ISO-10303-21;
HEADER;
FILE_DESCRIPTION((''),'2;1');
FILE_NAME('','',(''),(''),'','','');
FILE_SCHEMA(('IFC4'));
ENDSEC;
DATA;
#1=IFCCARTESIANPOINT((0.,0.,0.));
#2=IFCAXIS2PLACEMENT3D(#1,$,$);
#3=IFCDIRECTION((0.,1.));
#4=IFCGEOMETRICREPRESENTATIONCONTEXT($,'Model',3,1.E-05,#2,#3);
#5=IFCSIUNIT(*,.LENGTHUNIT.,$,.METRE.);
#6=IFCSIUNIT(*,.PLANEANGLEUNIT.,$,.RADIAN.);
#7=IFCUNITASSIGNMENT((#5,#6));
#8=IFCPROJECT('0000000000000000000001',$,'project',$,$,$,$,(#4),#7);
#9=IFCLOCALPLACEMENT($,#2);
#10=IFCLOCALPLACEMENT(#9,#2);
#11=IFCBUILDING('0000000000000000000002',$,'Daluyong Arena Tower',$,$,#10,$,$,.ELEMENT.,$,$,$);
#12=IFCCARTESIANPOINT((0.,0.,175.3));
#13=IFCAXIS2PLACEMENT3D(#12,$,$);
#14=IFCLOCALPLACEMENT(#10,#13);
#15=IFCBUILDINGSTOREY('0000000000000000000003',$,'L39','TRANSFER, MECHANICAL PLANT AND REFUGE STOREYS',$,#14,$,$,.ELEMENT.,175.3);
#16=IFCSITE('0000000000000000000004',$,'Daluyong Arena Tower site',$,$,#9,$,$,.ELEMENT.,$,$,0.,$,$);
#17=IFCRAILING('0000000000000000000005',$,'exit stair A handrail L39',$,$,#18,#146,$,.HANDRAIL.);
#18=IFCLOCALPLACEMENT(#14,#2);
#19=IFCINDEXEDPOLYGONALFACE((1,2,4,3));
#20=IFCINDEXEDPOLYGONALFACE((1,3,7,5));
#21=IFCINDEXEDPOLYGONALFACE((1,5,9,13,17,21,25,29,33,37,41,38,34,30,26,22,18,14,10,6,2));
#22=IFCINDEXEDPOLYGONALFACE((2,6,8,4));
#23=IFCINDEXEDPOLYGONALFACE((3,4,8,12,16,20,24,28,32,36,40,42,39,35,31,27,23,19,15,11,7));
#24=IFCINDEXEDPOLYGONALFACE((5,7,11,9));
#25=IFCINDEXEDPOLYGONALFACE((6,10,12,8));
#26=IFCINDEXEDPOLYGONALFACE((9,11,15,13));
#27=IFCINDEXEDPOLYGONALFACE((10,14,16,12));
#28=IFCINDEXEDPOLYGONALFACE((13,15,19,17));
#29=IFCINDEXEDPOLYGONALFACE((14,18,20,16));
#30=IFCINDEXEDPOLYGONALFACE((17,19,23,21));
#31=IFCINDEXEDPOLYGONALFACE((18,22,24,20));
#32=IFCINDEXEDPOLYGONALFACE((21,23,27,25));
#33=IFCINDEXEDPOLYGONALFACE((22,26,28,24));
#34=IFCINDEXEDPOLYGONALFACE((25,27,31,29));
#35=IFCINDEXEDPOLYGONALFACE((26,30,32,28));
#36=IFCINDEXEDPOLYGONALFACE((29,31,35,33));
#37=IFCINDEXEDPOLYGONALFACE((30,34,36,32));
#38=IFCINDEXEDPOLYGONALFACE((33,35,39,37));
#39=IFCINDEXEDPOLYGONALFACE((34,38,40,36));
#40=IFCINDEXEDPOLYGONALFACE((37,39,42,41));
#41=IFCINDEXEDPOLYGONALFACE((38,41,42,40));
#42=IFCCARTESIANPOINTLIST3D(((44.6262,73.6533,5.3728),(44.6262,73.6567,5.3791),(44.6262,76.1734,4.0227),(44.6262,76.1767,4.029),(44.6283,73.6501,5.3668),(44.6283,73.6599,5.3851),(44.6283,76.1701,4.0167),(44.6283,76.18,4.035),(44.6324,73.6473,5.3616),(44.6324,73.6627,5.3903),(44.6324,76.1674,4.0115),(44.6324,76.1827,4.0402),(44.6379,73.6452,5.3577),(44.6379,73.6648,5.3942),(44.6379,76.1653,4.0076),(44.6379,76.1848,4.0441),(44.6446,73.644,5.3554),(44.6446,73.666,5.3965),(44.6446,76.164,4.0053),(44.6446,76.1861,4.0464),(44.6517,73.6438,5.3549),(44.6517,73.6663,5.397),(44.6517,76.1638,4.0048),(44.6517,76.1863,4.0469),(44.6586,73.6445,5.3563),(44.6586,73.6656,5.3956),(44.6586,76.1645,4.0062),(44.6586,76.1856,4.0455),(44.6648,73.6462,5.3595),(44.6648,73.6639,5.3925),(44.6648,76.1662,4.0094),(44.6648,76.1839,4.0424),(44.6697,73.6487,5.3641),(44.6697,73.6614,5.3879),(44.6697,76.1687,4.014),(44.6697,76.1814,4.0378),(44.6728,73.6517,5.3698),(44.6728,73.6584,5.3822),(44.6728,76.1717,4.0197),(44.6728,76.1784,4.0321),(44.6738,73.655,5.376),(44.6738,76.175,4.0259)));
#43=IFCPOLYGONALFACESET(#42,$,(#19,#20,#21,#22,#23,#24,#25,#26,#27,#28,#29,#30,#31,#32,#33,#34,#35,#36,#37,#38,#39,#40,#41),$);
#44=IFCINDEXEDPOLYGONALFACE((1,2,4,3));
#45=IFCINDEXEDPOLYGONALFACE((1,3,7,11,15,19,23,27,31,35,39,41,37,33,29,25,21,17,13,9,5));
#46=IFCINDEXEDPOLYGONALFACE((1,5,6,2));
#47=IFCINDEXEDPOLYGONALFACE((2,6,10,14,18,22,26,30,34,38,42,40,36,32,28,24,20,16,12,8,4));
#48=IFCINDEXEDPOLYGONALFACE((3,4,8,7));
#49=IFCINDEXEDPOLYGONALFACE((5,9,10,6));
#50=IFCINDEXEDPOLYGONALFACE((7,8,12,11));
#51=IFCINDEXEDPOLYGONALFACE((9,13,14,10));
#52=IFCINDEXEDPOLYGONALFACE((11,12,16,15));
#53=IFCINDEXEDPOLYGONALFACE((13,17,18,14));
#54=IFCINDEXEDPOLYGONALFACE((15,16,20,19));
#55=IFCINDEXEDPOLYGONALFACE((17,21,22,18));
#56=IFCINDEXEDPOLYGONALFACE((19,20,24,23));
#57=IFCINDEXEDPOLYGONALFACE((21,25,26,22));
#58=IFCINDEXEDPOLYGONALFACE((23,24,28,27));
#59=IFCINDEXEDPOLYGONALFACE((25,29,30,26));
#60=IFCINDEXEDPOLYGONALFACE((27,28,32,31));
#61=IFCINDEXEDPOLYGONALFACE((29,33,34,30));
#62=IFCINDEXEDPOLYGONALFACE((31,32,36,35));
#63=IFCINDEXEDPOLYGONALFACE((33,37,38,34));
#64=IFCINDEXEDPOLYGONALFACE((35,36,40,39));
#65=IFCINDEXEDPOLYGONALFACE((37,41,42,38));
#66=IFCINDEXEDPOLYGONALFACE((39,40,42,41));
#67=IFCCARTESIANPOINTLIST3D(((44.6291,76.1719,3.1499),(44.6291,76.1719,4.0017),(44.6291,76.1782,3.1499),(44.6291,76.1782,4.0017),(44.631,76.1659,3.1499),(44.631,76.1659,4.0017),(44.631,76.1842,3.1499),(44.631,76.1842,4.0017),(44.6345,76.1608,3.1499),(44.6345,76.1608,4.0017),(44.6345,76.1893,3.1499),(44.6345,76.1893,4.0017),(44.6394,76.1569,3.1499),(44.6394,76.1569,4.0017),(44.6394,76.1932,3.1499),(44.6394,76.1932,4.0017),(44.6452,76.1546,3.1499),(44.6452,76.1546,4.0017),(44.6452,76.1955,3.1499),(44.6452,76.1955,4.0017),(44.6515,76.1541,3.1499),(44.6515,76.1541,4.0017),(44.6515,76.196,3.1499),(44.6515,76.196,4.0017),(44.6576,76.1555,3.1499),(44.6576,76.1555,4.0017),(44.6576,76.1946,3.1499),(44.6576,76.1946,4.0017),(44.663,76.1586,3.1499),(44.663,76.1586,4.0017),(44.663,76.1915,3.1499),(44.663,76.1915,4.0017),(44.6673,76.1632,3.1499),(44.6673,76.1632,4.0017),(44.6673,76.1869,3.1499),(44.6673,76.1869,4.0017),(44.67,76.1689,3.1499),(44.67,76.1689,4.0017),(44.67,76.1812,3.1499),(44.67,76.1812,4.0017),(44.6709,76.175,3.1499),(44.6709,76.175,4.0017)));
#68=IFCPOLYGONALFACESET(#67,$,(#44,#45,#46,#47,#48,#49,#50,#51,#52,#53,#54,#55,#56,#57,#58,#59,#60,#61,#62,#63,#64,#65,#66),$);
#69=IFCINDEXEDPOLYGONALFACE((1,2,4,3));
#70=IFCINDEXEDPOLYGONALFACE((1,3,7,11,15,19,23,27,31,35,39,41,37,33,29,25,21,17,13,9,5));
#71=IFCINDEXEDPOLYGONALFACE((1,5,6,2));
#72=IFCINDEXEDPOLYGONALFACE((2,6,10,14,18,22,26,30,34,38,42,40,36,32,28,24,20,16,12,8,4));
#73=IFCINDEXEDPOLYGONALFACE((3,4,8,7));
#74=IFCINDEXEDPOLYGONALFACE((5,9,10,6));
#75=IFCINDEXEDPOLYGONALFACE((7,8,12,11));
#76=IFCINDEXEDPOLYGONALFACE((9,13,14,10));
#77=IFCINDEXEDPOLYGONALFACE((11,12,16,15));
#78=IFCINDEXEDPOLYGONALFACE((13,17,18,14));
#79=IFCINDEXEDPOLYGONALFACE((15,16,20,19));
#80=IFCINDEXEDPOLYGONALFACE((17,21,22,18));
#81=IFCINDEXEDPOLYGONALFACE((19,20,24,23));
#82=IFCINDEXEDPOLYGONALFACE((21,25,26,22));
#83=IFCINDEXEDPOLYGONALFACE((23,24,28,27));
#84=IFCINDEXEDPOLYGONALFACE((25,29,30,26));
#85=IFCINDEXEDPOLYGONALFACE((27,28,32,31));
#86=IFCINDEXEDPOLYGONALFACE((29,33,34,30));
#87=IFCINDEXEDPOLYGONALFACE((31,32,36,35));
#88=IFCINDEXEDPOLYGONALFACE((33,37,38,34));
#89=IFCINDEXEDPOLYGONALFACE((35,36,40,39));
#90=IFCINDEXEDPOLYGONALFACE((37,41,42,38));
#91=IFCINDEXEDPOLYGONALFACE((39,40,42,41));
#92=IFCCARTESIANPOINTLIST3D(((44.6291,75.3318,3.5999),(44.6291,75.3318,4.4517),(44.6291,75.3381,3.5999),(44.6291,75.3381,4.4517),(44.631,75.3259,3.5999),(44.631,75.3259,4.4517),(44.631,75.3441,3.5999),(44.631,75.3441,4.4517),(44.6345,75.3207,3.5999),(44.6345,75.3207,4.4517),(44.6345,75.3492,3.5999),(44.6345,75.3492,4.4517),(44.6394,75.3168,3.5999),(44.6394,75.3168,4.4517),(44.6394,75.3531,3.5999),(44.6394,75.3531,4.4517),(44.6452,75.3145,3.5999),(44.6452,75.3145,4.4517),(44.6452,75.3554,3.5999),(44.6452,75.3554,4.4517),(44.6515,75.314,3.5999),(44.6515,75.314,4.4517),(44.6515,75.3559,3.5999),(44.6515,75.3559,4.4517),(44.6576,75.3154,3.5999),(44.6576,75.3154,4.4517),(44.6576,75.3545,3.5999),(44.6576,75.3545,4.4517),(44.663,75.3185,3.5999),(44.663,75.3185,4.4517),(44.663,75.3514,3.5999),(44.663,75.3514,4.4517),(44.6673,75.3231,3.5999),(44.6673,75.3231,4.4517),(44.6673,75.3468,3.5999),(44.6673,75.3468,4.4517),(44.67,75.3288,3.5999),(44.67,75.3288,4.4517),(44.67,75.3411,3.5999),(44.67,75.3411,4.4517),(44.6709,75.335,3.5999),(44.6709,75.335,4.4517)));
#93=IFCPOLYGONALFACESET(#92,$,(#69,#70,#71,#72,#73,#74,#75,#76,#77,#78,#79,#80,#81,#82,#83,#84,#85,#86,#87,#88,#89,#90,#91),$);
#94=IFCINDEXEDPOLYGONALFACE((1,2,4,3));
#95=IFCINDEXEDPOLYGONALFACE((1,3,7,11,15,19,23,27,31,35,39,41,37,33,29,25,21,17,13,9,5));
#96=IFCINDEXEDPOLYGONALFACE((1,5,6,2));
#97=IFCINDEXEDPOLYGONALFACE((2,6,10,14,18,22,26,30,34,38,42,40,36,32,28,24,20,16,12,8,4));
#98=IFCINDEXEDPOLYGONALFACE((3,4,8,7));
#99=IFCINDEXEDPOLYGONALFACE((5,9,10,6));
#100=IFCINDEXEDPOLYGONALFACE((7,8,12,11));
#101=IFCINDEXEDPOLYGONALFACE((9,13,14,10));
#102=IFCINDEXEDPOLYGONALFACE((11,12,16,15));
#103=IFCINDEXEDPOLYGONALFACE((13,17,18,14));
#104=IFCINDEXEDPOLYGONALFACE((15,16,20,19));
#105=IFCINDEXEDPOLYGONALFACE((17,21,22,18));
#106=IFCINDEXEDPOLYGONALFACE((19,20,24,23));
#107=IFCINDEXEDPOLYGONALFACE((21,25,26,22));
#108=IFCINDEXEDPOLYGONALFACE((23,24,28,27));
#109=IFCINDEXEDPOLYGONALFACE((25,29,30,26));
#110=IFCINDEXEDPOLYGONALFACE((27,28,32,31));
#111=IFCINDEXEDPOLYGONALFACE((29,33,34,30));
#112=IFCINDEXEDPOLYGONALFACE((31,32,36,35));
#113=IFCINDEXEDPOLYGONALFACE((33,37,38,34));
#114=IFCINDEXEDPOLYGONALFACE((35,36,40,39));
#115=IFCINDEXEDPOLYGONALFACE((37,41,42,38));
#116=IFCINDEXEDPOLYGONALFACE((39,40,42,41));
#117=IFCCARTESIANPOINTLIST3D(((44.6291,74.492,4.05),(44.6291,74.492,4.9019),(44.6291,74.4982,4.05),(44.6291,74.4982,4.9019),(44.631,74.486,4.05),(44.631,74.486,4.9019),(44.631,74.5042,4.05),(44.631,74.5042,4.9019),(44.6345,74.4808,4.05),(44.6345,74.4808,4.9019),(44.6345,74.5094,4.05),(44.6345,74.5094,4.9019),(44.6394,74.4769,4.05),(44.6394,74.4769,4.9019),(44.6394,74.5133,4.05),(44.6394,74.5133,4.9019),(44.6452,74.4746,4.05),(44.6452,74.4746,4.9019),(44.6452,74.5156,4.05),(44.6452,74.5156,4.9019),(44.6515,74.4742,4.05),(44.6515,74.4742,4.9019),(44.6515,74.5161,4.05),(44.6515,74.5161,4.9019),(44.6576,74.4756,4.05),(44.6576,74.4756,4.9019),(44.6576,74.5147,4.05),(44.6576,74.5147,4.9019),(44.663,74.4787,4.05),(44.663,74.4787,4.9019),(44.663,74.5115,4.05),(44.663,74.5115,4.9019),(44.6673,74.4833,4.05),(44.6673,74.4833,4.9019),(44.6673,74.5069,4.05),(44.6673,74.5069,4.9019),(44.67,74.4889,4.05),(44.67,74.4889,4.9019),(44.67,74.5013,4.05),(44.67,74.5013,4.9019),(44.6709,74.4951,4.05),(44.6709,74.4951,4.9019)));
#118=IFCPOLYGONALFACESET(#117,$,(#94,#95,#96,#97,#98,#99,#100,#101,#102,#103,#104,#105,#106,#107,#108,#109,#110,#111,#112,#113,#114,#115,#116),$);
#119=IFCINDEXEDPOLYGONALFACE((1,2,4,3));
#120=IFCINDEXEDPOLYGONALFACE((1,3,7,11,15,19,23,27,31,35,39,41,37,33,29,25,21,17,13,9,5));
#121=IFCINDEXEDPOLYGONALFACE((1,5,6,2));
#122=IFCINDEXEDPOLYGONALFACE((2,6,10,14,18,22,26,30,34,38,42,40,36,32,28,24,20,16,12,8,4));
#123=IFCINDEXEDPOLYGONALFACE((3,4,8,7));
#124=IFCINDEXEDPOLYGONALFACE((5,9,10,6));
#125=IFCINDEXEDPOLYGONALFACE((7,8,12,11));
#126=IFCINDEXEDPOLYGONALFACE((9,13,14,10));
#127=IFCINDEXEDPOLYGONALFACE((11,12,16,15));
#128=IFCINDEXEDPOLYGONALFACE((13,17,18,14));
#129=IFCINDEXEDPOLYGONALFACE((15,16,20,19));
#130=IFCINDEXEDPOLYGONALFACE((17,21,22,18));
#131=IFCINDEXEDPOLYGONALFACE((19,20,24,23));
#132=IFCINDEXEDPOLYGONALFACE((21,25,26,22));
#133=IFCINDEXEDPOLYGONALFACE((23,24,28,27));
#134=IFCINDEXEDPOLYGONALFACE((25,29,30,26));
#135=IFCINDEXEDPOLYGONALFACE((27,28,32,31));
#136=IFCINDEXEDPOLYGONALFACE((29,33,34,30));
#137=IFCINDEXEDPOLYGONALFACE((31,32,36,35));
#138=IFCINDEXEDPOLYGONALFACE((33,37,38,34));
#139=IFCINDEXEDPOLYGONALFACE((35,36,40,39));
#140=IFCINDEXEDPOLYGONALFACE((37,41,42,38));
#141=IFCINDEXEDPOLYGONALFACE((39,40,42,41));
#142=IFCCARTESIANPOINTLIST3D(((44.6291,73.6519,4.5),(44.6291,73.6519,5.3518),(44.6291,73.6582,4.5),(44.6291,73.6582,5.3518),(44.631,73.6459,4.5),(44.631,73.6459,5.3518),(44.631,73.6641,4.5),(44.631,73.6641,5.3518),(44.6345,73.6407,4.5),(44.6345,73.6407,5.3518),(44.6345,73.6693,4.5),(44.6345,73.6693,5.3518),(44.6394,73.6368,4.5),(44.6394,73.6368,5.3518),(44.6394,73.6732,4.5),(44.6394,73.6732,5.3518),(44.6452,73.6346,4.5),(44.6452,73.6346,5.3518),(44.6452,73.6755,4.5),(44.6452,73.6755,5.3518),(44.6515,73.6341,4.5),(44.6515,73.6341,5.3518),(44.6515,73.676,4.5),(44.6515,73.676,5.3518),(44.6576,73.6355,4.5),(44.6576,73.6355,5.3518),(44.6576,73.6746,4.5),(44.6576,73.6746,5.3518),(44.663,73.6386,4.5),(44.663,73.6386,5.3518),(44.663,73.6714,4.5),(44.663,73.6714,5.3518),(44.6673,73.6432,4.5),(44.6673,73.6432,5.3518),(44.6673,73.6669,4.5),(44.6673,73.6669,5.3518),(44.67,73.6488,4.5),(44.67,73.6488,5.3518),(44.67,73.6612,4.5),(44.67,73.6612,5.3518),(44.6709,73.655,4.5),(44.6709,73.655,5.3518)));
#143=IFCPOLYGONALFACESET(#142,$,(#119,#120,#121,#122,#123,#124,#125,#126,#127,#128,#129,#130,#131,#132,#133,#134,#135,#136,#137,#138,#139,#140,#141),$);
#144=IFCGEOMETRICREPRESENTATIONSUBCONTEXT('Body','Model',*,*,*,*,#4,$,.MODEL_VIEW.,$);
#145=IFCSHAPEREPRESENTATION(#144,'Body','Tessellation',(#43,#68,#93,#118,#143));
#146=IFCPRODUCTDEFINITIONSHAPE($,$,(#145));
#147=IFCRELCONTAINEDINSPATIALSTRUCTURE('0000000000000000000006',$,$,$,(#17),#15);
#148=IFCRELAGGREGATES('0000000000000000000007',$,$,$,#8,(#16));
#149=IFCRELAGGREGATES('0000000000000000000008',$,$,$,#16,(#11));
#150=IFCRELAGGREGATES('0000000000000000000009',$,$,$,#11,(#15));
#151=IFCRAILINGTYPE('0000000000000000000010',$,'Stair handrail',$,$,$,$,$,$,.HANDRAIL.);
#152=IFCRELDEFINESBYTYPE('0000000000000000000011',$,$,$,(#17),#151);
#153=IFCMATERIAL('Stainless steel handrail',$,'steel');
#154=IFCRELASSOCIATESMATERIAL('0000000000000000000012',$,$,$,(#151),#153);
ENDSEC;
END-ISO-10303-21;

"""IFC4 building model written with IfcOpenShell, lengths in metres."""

from ifc_helpers import new_model, si_unit, direction, frame, origin, origin_2d, place, context, subcontext, project, spatial, circle, extrude, material, type_object, element, save


model = new_model("IFC4")

# Units and contexts
model_context = context("Model", 3, precision=1e-05, world=origin(), true_north=direction((0.0, 1.0)))
body_context = subcontext(model_context, "Body", "Model", "MODEL_VIEW")
ifc_project = project(units=[si_unit("LENGTHUNIT", "METRE"), si_unit("PLANEANGLEUNIT", "RADIAN")], contexts=[model_context])

# Site, building, storey
site_placement = place(None, origin())
site = spatial("IfcSite", under=ifc_project, at=site_placement, Name="Daluyong Arena Tower site", CompositionType="ELEMENT", RefElevation=0.0)
building_placement = place(site_placement, origin())
building = spatial("IfcBuilding", under=site, at=building_placement, Name="Daluyong Arena Tower", CompositionType="ELEMENT")
storey_placement = place(building_placement, frame((0.0, 0.0, 175.3)))
storey = spatial("IfcBuildingStorey", under=building, at=storey_placement, Name="L39", Description="TRANSFER, MECHANICAL PLANT AND REFUGE STOREYS", CompositionType="ELEMENT", Elevation=175.3)

# Railing
ifc_material_1 = material(Name="Stainless steel handrail", Category="steel")
railing_type_1 = type_object("IfcRailingType", Name="Stair handrail", PredefinedType="HANDRAIL", material=ifc_material_1)
railing_1_placement = place(storey_placement, frame((44.6499, 76.175, 3.1499)))
element("IfcRailing", 1, at=railing_1_placement, inside=storey, type_object=railing_type_1, Name="exit stair A handrail L39", PredefinedType="HANDRAIL", context=body_context, shape_type="SweptSolid", body=[
    extrude(circle(Radius=0.0239, at=origin_2d()), frame((0.0, 0.0, 0.876), z_axis=(0.0, -0.881467, 0.472245), x_axis=(1.0, 0.0, 0.0)), (0.0, 0.0, 1.0), 2.8589),
    extrude(circle(Radius=0.021, at=origin_2d()), origin(), (0.0, 0.0, 1.0), 0.8518),
    extrude(circle(Radius=0.021, at=origin_2d()), frame((0.0, -0.8401, 0.45)), (0.0, 0.0, 1.0), 0.8518),
    extrude(circle(Radius=0.021, at=origin_2d()), frame((0.0, -1.6799, 0.9001)), (0.0, 0.0, 1.0), 0.8518),
    extrude(circle(Radius=0.021, at=origin_2d()), frame((0.0, -2.52, 1.3501)), (0.0, 0.0, 1.0), 0.8518),
])

save(model, "model.ifc")
